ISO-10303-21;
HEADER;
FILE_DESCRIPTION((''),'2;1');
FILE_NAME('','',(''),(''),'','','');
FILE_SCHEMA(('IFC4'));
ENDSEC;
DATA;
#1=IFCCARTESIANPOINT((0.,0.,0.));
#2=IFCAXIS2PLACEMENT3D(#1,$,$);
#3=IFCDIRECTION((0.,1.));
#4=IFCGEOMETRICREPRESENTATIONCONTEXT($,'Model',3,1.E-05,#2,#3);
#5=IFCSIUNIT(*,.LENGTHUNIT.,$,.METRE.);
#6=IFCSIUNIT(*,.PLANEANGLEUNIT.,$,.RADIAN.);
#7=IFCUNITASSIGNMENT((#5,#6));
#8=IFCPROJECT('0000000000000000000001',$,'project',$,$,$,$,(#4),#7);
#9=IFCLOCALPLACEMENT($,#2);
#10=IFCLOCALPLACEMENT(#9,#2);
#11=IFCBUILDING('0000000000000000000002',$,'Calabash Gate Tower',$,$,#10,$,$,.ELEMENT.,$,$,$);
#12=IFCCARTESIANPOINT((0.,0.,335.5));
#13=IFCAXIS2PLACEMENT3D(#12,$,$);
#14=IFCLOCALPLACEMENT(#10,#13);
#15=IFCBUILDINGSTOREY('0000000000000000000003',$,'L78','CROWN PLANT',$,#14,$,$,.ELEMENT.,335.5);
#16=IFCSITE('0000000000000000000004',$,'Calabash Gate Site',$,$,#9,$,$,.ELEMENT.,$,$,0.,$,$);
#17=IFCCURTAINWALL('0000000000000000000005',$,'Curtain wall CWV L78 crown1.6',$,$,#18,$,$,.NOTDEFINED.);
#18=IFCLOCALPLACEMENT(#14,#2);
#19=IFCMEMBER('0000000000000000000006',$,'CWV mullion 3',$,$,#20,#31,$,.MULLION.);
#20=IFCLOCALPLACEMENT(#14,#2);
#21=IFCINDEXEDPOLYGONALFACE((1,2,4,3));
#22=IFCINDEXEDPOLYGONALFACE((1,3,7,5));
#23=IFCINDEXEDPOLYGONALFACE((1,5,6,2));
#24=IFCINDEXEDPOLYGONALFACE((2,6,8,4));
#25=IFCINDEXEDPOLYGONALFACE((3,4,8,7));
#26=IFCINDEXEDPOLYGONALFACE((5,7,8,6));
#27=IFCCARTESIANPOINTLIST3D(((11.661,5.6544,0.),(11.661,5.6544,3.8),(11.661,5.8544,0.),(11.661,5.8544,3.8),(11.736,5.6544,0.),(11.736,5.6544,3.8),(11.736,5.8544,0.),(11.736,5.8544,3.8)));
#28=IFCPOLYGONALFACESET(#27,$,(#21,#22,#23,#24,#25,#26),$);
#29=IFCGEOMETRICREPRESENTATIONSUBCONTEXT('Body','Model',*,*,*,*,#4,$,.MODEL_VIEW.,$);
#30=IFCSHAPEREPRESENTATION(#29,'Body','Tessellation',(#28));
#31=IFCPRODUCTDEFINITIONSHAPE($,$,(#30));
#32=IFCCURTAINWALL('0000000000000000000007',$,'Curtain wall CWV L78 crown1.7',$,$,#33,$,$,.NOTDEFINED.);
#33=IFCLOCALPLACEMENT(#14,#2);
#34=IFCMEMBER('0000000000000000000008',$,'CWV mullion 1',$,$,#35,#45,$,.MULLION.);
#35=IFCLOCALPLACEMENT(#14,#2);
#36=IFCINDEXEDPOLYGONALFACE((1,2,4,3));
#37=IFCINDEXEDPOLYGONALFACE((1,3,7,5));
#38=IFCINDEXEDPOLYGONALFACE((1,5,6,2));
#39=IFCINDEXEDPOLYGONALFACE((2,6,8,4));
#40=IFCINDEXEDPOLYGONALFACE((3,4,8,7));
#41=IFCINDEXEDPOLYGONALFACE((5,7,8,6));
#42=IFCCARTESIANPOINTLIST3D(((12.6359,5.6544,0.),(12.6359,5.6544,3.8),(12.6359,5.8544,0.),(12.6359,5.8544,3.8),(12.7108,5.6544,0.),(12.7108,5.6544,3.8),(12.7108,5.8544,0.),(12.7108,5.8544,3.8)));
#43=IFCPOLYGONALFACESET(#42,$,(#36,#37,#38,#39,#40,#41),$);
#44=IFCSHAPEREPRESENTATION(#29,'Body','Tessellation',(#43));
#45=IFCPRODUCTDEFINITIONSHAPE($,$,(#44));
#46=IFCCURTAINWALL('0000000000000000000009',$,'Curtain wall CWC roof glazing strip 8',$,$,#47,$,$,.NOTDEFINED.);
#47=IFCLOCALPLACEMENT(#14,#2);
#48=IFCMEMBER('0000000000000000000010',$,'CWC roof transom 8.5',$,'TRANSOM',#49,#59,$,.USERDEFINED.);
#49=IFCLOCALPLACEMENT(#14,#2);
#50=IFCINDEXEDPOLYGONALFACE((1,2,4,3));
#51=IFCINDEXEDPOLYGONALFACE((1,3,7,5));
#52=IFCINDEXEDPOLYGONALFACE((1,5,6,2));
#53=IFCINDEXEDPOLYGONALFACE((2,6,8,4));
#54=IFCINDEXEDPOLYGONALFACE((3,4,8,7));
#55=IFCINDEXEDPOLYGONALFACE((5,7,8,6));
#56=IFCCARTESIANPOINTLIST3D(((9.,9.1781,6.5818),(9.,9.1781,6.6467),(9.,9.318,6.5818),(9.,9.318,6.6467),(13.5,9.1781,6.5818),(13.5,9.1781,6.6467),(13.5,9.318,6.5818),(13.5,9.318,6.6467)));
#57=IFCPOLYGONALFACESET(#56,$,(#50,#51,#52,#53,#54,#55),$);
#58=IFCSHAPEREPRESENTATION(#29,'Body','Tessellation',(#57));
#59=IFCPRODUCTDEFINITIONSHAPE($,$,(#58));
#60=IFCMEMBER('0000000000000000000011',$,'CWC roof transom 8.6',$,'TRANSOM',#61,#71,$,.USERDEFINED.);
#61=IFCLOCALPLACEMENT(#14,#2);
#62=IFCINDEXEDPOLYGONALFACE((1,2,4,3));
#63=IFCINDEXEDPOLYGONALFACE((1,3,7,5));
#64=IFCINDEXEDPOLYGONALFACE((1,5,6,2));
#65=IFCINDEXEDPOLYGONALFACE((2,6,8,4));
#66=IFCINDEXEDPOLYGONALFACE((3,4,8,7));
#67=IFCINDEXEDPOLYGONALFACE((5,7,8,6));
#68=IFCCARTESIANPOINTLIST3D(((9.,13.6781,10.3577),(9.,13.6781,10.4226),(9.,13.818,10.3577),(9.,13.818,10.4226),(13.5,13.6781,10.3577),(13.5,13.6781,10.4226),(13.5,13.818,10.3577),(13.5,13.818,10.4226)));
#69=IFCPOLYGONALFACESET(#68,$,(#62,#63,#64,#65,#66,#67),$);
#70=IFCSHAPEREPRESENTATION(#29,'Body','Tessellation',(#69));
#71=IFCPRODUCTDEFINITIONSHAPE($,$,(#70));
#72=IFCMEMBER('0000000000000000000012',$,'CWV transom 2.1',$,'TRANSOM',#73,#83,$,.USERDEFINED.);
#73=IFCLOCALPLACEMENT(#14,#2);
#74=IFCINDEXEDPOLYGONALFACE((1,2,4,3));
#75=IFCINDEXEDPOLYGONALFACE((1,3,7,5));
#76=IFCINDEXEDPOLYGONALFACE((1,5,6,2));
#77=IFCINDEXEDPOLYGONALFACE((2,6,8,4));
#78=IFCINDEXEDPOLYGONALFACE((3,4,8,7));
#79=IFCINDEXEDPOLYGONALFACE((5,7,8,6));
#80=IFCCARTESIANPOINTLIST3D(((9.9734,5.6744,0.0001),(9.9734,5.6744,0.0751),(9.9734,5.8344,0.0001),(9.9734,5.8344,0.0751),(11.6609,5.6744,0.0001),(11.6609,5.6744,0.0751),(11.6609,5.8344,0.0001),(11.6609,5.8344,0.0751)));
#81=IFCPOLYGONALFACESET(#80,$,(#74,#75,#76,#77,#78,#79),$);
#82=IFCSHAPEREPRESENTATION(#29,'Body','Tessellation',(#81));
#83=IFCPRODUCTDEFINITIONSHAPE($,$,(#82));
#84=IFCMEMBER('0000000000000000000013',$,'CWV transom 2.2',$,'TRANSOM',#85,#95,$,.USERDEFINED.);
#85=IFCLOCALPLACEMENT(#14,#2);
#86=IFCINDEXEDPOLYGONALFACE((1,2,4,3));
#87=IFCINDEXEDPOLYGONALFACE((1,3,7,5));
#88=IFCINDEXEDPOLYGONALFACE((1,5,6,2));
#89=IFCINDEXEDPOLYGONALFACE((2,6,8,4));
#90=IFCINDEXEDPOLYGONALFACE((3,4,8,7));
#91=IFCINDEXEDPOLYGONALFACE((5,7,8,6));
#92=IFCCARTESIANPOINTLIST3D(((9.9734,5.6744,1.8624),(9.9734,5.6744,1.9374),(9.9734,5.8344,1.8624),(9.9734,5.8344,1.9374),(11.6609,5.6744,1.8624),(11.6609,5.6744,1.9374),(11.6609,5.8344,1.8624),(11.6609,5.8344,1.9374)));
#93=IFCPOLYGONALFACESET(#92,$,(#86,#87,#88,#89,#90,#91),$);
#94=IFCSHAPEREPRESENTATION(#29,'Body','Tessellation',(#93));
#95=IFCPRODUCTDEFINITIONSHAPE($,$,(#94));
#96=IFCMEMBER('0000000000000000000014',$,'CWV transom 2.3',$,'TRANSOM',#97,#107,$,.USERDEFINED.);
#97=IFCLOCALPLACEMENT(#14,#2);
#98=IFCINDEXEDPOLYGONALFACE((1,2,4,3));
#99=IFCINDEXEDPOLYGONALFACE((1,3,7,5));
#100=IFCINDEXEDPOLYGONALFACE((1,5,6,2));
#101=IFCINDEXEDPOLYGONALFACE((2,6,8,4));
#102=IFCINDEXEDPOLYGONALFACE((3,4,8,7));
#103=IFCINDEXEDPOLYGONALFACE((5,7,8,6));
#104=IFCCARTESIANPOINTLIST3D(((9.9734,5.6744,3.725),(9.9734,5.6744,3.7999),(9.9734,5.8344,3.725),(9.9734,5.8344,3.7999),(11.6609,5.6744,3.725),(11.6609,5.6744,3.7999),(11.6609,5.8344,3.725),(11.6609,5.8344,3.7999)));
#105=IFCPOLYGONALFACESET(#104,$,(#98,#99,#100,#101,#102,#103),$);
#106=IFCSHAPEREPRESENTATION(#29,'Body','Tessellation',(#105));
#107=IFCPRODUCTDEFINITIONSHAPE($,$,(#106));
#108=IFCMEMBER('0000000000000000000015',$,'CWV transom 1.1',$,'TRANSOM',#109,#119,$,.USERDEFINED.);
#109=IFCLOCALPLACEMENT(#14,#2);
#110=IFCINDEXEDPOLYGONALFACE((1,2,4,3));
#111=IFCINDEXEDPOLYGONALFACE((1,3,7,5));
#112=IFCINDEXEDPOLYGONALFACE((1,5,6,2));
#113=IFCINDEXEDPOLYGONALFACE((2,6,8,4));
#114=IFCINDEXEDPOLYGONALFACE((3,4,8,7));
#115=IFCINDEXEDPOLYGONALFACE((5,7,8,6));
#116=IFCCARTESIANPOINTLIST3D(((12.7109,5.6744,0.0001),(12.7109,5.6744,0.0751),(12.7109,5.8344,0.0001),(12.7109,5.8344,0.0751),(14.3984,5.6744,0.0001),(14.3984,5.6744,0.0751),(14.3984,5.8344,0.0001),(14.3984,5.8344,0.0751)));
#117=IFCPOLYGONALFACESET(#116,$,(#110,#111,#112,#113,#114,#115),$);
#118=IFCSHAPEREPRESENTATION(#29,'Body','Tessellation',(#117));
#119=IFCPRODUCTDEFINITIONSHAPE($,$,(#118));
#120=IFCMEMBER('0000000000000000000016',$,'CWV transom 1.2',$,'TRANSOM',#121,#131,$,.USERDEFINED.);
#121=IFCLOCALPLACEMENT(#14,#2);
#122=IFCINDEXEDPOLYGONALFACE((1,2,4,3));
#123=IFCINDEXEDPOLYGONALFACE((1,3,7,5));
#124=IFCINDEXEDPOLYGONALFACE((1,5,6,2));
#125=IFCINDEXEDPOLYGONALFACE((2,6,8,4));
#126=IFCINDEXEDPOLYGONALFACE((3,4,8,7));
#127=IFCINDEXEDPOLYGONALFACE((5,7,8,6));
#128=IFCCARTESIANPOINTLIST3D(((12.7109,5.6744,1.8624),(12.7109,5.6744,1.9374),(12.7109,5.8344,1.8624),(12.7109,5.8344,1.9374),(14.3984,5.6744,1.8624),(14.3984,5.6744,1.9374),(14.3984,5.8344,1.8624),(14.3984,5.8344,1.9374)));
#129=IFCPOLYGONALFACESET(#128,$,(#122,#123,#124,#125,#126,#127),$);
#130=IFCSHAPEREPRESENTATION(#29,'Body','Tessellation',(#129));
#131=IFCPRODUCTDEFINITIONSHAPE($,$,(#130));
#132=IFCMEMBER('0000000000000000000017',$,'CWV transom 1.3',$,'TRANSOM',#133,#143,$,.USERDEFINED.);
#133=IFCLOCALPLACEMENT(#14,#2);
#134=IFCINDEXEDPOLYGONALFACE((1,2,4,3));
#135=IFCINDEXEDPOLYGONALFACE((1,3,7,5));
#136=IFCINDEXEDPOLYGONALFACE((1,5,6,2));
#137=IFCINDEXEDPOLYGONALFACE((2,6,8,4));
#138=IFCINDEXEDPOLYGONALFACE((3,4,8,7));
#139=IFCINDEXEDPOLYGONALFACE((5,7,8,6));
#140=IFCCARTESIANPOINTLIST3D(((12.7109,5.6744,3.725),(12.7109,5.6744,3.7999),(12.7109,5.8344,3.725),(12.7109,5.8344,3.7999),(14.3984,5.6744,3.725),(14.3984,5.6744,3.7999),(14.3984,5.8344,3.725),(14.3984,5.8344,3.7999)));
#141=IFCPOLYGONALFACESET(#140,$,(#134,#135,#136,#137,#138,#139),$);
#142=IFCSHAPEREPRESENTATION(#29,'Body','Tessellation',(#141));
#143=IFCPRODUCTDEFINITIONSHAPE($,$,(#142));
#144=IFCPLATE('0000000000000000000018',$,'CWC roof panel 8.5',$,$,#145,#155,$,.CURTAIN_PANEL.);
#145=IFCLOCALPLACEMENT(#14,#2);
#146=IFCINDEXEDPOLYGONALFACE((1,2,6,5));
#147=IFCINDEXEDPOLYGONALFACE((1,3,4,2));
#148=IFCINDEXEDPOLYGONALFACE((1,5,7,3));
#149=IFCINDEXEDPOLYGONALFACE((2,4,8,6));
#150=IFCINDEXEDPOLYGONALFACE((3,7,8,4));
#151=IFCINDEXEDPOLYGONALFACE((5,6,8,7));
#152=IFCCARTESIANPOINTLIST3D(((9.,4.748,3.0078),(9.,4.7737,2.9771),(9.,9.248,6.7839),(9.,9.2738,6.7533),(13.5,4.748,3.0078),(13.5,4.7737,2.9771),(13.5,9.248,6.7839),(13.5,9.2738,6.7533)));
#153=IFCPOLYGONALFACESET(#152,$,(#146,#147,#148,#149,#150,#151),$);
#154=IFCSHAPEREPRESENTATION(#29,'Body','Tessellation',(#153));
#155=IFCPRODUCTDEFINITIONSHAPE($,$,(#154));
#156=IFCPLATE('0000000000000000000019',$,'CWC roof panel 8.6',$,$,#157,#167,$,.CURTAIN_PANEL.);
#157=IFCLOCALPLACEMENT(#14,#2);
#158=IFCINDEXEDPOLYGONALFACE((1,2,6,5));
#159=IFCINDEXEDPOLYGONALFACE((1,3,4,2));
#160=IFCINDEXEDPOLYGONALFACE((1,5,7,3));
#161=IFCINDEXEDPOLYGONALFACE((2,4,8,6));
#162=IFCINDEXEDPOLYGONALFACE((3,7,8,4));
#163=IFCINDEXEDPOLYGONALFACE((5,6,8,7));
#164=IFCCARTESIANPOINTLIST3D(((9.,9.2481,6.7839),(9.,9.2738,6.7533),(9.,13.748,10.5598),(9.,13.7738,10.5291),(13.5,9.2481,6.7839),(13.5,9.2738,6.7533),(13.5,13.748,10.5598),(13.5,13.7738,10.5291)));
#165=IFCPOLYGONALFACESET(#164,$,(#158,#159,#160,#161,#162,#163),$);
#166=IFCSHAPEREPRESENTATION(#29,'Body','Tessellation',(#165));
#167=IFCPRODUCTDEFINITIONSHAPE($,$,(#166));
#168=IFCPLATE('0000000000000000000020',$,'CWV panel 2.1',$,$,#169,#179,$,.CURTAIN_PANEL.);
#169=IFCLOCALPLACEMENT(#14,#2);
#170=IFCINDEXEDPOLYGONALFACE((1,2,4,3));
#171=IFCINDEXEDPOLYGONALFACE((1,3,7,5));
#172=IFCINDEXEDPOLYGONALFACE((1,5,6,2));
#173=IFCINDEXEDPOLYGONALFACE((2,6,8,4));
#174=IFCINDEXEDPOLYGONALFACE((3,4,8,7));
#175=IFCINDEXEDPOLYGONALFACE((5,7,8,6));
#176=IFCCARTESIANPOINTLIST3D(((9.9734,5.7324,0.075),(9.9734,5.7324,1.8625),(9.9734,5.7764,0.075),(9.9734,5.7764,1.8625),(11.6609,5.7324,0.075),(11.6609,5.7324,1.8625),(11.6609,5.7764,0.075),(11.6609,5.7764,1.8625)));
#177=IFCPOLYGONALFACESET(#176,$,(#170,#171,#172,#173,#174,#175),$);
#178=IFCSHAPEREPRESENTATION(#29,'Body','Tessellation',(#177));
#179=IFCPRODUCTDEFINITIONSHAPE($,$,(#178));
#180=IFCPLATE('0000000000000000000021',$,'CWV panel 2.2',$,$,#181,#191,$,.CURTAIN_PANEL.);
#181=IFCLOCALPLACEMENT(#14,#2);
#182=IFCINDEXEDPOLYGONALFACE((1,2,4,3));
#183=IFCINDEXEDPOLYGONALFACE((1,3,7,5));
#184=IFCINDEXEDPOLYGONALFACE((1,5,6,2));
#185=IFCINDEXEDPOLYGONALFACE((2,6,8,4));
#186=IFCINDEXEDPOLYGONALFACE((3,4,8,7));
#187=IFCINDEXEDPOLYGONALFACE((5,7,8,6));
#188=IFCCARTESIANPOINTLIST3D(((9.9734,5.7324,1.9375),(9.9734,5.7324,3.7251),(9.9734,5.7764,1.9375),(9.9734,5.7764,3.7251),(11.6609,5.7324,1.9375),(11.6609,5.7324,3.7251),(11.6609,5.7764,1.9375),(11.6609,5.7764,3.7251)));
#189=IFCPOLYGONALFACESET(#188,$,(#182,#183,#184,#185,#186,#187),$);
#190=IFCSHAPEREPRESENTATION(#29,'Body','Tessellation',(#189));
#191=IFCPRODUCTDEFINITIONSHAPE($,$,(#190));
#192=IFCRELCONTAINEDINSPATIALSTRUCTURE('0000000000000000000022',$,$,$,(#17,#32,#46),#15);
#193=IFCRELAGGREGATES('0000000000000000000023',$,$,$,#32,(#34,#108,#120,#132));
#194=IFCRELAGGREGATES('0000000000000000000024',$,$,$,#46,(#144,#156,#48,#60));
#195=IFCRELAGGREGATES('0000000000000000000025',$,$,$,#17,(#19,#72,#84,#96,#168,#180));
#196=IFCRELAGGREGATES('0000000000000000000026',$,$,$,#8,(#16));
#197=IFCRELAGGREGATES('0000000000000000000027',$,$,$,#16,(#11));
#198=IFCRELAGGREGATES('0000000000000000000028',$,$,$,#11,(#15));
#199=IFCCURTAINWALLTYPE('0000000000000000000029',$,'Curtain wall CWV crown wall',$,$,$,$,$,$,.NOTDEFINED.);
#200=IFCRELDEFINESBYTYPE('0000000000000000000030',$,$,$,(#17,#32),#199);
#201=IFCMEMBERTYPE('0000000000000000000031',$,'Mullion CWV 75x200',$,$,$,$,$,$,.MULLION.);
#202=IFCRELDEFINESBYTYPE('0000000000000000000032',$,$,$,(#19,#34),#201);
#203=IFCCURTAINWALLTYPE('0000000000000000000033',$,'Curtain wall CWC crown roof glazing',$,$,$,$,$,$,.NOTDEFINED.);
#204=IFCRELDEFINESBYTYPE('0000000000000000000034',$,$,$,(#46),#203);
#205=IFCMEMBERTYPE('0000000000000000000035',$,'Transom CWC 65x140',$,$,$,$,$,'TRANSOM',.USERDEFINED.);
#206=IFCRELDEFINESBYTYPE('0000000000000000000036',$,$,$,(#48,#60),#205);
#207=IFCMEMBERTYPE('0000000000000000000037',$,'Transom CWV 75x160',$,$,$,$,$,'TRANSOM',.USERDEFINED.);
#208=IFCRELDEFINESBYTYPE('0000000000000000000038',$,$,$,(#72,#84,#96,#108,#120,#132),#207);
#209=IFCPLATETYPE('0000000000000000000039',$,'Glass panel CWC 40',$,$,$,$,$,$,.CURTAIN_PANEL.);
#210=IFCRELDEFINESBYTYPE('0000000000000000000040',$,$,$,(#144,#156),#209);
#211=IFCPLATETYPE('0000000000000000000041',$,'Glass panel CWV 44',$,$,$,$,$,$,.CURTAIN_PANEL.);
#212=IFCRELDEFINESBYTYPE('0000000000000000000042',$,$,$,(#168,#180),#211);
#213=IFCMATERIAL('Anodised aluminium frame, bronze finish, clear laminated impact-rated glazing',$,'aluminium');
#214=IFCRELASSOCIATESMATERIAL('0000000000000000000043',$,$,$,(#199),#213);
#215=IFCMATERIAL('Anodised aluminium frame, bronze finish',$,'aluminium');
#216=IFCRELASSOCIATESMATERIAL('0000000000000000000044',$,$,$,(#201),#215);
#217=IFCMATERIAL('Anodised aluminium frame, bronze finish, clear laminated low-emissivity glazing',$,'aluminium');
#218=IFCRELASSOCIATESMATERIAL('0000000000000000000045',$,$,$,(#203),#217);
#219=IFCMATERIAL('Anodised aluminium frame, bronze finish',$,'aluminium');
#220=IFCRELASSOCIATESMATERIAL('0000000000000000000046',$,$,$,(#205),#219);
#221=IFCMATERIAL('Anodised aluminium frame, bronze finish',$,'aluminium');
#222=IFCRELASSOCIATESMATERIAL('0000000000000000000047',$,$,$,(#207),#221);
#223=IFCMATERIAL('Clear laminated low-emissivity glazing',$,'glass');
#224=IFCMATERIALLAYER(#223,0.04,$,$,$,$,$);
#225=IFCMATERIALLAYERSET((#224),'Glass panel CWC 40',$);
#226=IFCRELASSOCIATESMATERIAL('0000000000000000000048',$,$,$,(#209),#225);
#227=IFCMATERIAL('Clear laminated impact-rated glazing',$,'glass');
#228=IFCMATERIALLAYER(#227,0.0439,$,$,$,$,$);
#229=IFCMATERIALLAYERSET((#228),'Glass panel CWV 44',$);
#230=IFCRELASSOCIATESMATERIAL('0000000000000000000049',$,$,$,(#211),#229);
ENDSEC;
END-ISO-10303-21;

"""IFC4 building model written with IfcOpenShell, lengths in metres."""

from ifc_helpers import new_model, si_unit, direction, frame, origin, origin_2d, place, context, subcontext, project, spatial, polyline, rectangle, outline, extrude, material, layer, layer_set, material_profile, profile_set, type_object, element, aggregate, save


model = new_model("IFC4")

# Units and contexts
model_context = context("Model", 3, precision=1e-05, world=origin(), true_north=direction((0.0, 1.0)))
body_context = subcontext(model_context, "Body", "Model", "MODEL_VIEW")
ifc_project = project(units=[si_unit("LENGTHUNIT", "METRE"), si_unit("PLANEANGLEUNIT", "RADIAN")], contexts=[model_context])

# Site, building, storey
site_placement = place(None, origin())
site = spatial("IfcSite", under=ifc_project, at=site_placement, Name="Calabash Gate Site", CompositionType="ELEMENT", RefElevation=0.0)
building_placement = place(site_placement, origin())
building = spatial("IfcBuilding", under=site, at=building_placement, Name="Calabash Gate Tower", CompositionType="ELEMENT")
storey_placement = place(building_placement, frame((0.0, 0.0, 335.5)))
storey = spatial("IfcBuildingStorey", under=building, at=storey_placement, Name="L78", Description="CROWN PLANT", CompositionType="ELEMENT", Elevation=335.5)

# Curtain walls, members
ifc_material_1 = material(Name="Anodised aluminium frame, bronze finish, clear laminated impact-rated glazing", Category="aluminium")
curtain_wall_type_1 = type_object("IfcCurtainWallType", Name="Curtain wall CWV crown wall", PredefinedType="NOTDEFINED", material=ifc_material_1)
curtain_wall_1_placement = place(storey_placement, origin())
curtain_wall_1 = element("IfcCurtainWall", 1, at=curtain_wall_1_placement, inside=storey, type_object=curtain_wall_type_1, Name="Curtain wall CWV L78 crown1.6", PredefinedType="NOTDEFINED")
ifc_material_2 = material(Name="Anodised aluminium frame, bronze finish", Category="aluminium")
ifc_material_profile_1 = material_profile(ifc_material_2, rectangle(XDim=0.2, YDim=0.075, at=origin_2d()))
ifc_profile_set_1 = profile_set([ifc_material_profile_1], Name="Anodised aluminium frame, bronze finish")
member_type_1 = type_object("IfcMemberType", Name="Mullion CWV 75x200", PredefinedType="MULLION", material=ifc_profile_set_1)
member_1_placement = place(storey_placement, frame((11.6985, 5.7544, 0.0), z_axis=(0.0, 0.0, 1.0), x_axis=(0.0, 1.0, 0.0)))
member_1 = element("IfcMember", 2, at=member_1_placement, type_object=member_type_1, Name="CWV mullion 3", PredefinedType="MULLION", context=body_context, shape_type="SweptSolid", body=[
    extrude(rectangle(XDim=0.2, YDim=0.075, at=origin_2d()), origin(), (0.0, 0.0, 1.0), 3.8),
])
curtain_wall_2_placement = place(storey_placement, origin())
curtain_wall_2 = element("IfcCurtainWall", 3, at=curtain_wall_2_placement, inside=storey, type_object=curtain_wall_type_1, Name="Curtain wall CWV L78 crown1.7", PredefinedType="NOTDEFINED")
member_2_placement = place(storey_placement, frame((12.6733, 5.7544, 0.0), z_axis=(0.0, 0.0, 1.0), x_axis=(0.0, 1.0, 0.0)))
member_2 = element("IfcMember", 4, at=member_2_placement, type_object=member_type_1, Name="CWV mullion 1", PredefinedType="MULLION", context=body_context, shape_type="SweptSolid", body=[
    extrude(rectangle(XDim=0.2, YDim=0.075, at=origin_2d()), origin(), (0.0, 0.0, 1.0), 3.8),
])

# Curtain wall, members
ifc_material_3 = material(Name="Anodised aluminium frame, bronze finish, clear laminated low-emissivity glazing", Category="aluminium")
curtain_wall_type_2 = type_object("IfcCurtainWallType", Name="Curtain wall CWC crown roof glazing", PredefinedType="NOTDEFINED", material=ifc_material_3)
curtain_wall_3_placement = place(storey_placement, origin())
curtain_wall_3 = element("IfcCurtainWall", 5, at=curtain_wall_3_placement, inside=storey, type_object=curtain_wall_type_2, Name="Curtain wall CWC roof glazing strip 8", PredefinedType="NOTDEFINED")
ifc_material_4 = material(Name="Anodised aluminium frame, bronze finish", Category="aluminium")
ifc_material_profile_2 = material_profile(ifc_material_4, rectangle(XDim=0.1399, YDim=0.0649, at=origin_2d()))
ifc_profile_set_2 = profile_set([ifc_material_profile_2], Name="Anodised aluminium frame, bronze finish")
member_type_2 = type_object("IfcMemberType", Name="Transom CWC 65x140", ElementType="TRANSOM", PredefinedType="USERDEFINED", material=ifc_profile_set_2)
member_3_placement = place(storey_placement, frame((9.0, 9.248, 6.6143), z_axis=(1.0, 0.0, 0.0), x_axis=(0.0, 1.0, 0.0)))
member_3 = element("IfcMember", 6, at=member_3_placement, type_object=member_type_2, Name="CWC roof transom 8.5", ObjectType="TRANSOM", PredefinedType="USERDEFINED", context=body_context, shape_type="SweptSolid", body=[
    extrude(rectangle(XDim=0.1399, YDim=0.0649, at=origin_2d()), origin(), (0.0, 0.0, 1.0), 4.5),
])
member_4_placement = place(storey_placement, frame((9.0, 13.748, 10.3901), z_axis=(1.0, 0.0, 0.0), x_axis=(0.0, 1.0, 0.0)))
member_4 = element("IfcMember", 7, at=member_4_placement, type_object=member_type_2, Name="CWC roof transom 8.6", ObjectType="TRANSOM", PredefinedType="USERDEFINED", context=body_context, shape_type="SweptSolid", body=[
    extrude(rectangle(XDim=0.1399, YDim=0.0649, at=origin_2d()), origin(), (0.0, 0.0, 1.0), 4.5),
])

# Members
ifc_material_5 = material(Name="Anodised aluminium frame, bronze finish", Category="aluminium")
ifc_material_profile_3 = material_profile(ifc_material_5, rectangle(XDim=0.1599, YDim=0.075, at=origin_2d()))
ifc_profile_set_3 = profile_set([ifc_material_profile_3], Name="Anodised aluminium frame, bronze finish")
member_type_3 = type_object("IfcMemberType", Name="Transom CWV 75x160", ElementType="TRANSOM", PredefinedType="USERDEFINED", material=ifc_profile_set_3)
member_5_placement = place(storey_placement, frame((9.9734, 5.7544, 0.0376), z_axis=(1.0, 0.0, 0.0), x_axis=(0.0, 1.0, 0.0)))
member_5 = element("IfcMember", 8, at=member_5_placement, type_object=member_type_3, Name="CWV transom 2.1", ObjectType="TRANSOM", PredefinedType="USERDEFINED", context=body_context, shape_type="SweptSolid", body=[
    extrude(rectangle(XDim=0.1599, YDim=0.075, at=origin_2d()), origin(), (0.0, 0.0, 1.0), 1.6875),
])
member_6_placement = place(storey_placement, frame((9.9734, 5.7544, 1.8999), z_axis=(1.0, 0.0, 0.0), x_axis=(0.0, 1.0, 0.0)))
member_6 = element("IfcMember", 9, at=member_6_placement, type_object=member_type_3, Name="CWV transom 2.2", ObjectType="TRANSOM", PredefinedType="USERDEFINED", context=body_context, shape_type="SweptSolid", body=[
    extrude(rectangle(XDim=0.1599, YDim=0.075, at=origin_2d()), origin(), (0.0, 0.0, 1.0), 1.6875),
])
member_7_placement = place(storey_placement, frame((9.9734, 5.7544, 3.7625), z_axis=(1.0, 0.0, 0.0), x_axis=(0.0, 1.0, 0.0)))
member_7 = element("IfcMember", 10, at=member_7_placement, type_object=member_type_3, Name="CWV transom 2.3", ObjectType="TRANSOM", PredefinedType="USERDEFINED", context=body_context, shape_type="SweptSolid", body=[
    extrude(rectangle(XDim=0.1599, YDim=0.075, at=origin_2d()), origin(), (0.0, 0.0, 1.0), 1.6875),
])
member_8_placement = place(storey_placement, frame((12.7109, 5.7544, 0.0376), z_axis=(1.0, 0.0, 0.0), x_axis=(0.0, 1.0, 0.0)))
member_8 = element("IfcMember", 11, at=member_8_placement, type_object=member_type_3, Name="CWV transom 1.1", ObjectType="TRANSOM", PredefinedType="USERDEFINED", context=body_context, shape_type="SweptSolid", body=[
    extrude(rectangle(XDim=0.1599, YDim=0.075, at=origin_2d()), origin(), (0.0, 0.0, 1.0), 1.6875),
])
member_9_placement = place(storey_placement, frame((12.7109, 5.7544, 1.8999), z_axis=(1.0, 0.0, 0.0), x_axis=(0.0, 1.0, 0.0)))
member_9 = element("IfcMember", 12, at=member_9_placement, type_object=member_type_3, Name="CWV transom 1.2", ObjectType="TRANSOM", PredefinedType="USERDEFINED", context=body_context, shape_type="SweptSolid", body=[
    extrude(rectangle(XDim=0.1599, YDim=0.075, at=origin_2d()), origin(), (0.0, 0.0, 1.0), 1.6875),
])
member_10_placement = place(storey_placement, frame((12.7109, 5.7544, 3.7625), z_axis=(1.0, 0.0, 0.0), x_axis=(0.0, 1.0, 0.0)))
member_10 = element("IfcMember", 13, at=member_10_placement, type_object=member_type_3, Name="CWV transom 1.3", ObjectType="TRANSOM", PredefinedType="USERDEFINED", context=body_context, shape_type="SweptSolid", body=[
    extrude(rectangle(XDim=0.1599, YDim=0.075, at=origin_2d()), origin(), (0.0, 0.0, 1.0), 1.6875),
])
aggregate(curtain_wall_2, [member_2, member_8, member_9, member_10])

# Plates
ifc_material_6 = material(Name="Clear laminated low-emissivity glazing", Category="glass")
ifc_layer_1 = layer(ifc_material_6, 0.04)
ifc_layer_set_1 = layer_set([ifc_layer_1], Name="Glass panel CWC 40")
plate_type_1 = type_object("IfcPlateType", Name="Glass panel CWC 40", PredefinedType="CURTAIN_PANEL", material=ifc_layer_set_1)
plate_1_placement = place(storey_placement, frame((9.0, 9.248, 6.7839), z_axis=(0.0, -0.642805, 0.76603), x_axis=(1.0, 0.0, 0.0)))
plate_1 = element("IfcPlate", 14, at=plate_1_placement, type_object=plate_type_1, Name="CWC roof panel 8.5", PredefinedType="CURTAIN_PANEL", context=body_context, shape_type="SweptSolid", body=[
    extrude(outline(polyline([(0.0, 0.0), (4.5, 0.0), (4.5, -5.8745), (0.0, -5.8745), (0.0, 0.0)])), origin(), (0.0, 0.0, -1.0), 0.04),
])
plate_2_placement = place(storey_placement, frame((9.0, 13.748, 10.5598), z_axis=(0.0, -0.642781, 0.76605), x_axis=(1.0, 0.0, 0.0)))
plate_2 = element("IfcPlate", 15, at=plate_2_placement, type_object=plate_type_1, Name="CWC roof panel 8.6", PredefinedType="CURTAIN_PANEL", context=body_context, shape_type="SweptSolid", body=[
    extrude(outline(polyline([(0.0, 0.0), (4.5, 0.0), (4.5, -5.8743), (0.0, -5.8743), (0.0, 0.0)])), origin(), (0.0, 0.0, -1.0), 0.04),
])
aggregate(curtain_wall_3, [plate_1, plate_2, member_3, member_4])
ifc_material_7 = material(Name="Clear laminated impact-rated glazing", Category="glass")
ifc_layer_2 = layer(ifc_material_7, 0.0439)
ifc_layer_set_2 = layer_set([ifc_layer_2], Name="Glass panel CWV 44")
plate_type_2 = type_object("IfcPlateType", Name="Glass panel CWV 44", PredefinedType="CURTAIN_PANEL", material=ifc_layer_set_2)
plate_3_placement = place(storey_placement, frame((10.8171, 5.7544, 0.075), z_axis=(0.0, 0.0, 1.0), x_axis=(1.0, 0.0, 0.0)))
plate_3 = element("IfcPlate", 16, at=plate_3_placement, type_object=plate_type_2, Name="CWV panel 2.1", PredefinedType="CURTAIN_PANEL", context=body_context, shape_type="SweptSolid", body=[
    extrude(rectangle(XDim=1.6875, YDim=0.0439, at=origin_2d()), origin(), (0.0, 0.0, 1.0), 1.7876),
])
plate_4_placement = place(storey_placement, frame((10.8171, 5.7544, 1.9375), z_axis=(0.0, 0.0, 1.0), x_axis=(1.0, 0.0, 0.0)))
plate_4 = element("IfcPlate", 17, at=plate_4_placement, type_object=plate_type_2, Name="CWV panel 2.2", PredefinedType="CURTAIN_PANEL", context=body_context, shape_type="SweptSolid", body=[
    extrude(rectangle(XDim=1.6875, YDim=0.0439, at=origin_2d()), origin(), (0.0, 0.0, 1.0), 1.7876),
])
aggregate(curtain_wall_1, [member_1, member_5, member_6, member_7, plate_3, plate_4])

save(model, "model.ifc")
